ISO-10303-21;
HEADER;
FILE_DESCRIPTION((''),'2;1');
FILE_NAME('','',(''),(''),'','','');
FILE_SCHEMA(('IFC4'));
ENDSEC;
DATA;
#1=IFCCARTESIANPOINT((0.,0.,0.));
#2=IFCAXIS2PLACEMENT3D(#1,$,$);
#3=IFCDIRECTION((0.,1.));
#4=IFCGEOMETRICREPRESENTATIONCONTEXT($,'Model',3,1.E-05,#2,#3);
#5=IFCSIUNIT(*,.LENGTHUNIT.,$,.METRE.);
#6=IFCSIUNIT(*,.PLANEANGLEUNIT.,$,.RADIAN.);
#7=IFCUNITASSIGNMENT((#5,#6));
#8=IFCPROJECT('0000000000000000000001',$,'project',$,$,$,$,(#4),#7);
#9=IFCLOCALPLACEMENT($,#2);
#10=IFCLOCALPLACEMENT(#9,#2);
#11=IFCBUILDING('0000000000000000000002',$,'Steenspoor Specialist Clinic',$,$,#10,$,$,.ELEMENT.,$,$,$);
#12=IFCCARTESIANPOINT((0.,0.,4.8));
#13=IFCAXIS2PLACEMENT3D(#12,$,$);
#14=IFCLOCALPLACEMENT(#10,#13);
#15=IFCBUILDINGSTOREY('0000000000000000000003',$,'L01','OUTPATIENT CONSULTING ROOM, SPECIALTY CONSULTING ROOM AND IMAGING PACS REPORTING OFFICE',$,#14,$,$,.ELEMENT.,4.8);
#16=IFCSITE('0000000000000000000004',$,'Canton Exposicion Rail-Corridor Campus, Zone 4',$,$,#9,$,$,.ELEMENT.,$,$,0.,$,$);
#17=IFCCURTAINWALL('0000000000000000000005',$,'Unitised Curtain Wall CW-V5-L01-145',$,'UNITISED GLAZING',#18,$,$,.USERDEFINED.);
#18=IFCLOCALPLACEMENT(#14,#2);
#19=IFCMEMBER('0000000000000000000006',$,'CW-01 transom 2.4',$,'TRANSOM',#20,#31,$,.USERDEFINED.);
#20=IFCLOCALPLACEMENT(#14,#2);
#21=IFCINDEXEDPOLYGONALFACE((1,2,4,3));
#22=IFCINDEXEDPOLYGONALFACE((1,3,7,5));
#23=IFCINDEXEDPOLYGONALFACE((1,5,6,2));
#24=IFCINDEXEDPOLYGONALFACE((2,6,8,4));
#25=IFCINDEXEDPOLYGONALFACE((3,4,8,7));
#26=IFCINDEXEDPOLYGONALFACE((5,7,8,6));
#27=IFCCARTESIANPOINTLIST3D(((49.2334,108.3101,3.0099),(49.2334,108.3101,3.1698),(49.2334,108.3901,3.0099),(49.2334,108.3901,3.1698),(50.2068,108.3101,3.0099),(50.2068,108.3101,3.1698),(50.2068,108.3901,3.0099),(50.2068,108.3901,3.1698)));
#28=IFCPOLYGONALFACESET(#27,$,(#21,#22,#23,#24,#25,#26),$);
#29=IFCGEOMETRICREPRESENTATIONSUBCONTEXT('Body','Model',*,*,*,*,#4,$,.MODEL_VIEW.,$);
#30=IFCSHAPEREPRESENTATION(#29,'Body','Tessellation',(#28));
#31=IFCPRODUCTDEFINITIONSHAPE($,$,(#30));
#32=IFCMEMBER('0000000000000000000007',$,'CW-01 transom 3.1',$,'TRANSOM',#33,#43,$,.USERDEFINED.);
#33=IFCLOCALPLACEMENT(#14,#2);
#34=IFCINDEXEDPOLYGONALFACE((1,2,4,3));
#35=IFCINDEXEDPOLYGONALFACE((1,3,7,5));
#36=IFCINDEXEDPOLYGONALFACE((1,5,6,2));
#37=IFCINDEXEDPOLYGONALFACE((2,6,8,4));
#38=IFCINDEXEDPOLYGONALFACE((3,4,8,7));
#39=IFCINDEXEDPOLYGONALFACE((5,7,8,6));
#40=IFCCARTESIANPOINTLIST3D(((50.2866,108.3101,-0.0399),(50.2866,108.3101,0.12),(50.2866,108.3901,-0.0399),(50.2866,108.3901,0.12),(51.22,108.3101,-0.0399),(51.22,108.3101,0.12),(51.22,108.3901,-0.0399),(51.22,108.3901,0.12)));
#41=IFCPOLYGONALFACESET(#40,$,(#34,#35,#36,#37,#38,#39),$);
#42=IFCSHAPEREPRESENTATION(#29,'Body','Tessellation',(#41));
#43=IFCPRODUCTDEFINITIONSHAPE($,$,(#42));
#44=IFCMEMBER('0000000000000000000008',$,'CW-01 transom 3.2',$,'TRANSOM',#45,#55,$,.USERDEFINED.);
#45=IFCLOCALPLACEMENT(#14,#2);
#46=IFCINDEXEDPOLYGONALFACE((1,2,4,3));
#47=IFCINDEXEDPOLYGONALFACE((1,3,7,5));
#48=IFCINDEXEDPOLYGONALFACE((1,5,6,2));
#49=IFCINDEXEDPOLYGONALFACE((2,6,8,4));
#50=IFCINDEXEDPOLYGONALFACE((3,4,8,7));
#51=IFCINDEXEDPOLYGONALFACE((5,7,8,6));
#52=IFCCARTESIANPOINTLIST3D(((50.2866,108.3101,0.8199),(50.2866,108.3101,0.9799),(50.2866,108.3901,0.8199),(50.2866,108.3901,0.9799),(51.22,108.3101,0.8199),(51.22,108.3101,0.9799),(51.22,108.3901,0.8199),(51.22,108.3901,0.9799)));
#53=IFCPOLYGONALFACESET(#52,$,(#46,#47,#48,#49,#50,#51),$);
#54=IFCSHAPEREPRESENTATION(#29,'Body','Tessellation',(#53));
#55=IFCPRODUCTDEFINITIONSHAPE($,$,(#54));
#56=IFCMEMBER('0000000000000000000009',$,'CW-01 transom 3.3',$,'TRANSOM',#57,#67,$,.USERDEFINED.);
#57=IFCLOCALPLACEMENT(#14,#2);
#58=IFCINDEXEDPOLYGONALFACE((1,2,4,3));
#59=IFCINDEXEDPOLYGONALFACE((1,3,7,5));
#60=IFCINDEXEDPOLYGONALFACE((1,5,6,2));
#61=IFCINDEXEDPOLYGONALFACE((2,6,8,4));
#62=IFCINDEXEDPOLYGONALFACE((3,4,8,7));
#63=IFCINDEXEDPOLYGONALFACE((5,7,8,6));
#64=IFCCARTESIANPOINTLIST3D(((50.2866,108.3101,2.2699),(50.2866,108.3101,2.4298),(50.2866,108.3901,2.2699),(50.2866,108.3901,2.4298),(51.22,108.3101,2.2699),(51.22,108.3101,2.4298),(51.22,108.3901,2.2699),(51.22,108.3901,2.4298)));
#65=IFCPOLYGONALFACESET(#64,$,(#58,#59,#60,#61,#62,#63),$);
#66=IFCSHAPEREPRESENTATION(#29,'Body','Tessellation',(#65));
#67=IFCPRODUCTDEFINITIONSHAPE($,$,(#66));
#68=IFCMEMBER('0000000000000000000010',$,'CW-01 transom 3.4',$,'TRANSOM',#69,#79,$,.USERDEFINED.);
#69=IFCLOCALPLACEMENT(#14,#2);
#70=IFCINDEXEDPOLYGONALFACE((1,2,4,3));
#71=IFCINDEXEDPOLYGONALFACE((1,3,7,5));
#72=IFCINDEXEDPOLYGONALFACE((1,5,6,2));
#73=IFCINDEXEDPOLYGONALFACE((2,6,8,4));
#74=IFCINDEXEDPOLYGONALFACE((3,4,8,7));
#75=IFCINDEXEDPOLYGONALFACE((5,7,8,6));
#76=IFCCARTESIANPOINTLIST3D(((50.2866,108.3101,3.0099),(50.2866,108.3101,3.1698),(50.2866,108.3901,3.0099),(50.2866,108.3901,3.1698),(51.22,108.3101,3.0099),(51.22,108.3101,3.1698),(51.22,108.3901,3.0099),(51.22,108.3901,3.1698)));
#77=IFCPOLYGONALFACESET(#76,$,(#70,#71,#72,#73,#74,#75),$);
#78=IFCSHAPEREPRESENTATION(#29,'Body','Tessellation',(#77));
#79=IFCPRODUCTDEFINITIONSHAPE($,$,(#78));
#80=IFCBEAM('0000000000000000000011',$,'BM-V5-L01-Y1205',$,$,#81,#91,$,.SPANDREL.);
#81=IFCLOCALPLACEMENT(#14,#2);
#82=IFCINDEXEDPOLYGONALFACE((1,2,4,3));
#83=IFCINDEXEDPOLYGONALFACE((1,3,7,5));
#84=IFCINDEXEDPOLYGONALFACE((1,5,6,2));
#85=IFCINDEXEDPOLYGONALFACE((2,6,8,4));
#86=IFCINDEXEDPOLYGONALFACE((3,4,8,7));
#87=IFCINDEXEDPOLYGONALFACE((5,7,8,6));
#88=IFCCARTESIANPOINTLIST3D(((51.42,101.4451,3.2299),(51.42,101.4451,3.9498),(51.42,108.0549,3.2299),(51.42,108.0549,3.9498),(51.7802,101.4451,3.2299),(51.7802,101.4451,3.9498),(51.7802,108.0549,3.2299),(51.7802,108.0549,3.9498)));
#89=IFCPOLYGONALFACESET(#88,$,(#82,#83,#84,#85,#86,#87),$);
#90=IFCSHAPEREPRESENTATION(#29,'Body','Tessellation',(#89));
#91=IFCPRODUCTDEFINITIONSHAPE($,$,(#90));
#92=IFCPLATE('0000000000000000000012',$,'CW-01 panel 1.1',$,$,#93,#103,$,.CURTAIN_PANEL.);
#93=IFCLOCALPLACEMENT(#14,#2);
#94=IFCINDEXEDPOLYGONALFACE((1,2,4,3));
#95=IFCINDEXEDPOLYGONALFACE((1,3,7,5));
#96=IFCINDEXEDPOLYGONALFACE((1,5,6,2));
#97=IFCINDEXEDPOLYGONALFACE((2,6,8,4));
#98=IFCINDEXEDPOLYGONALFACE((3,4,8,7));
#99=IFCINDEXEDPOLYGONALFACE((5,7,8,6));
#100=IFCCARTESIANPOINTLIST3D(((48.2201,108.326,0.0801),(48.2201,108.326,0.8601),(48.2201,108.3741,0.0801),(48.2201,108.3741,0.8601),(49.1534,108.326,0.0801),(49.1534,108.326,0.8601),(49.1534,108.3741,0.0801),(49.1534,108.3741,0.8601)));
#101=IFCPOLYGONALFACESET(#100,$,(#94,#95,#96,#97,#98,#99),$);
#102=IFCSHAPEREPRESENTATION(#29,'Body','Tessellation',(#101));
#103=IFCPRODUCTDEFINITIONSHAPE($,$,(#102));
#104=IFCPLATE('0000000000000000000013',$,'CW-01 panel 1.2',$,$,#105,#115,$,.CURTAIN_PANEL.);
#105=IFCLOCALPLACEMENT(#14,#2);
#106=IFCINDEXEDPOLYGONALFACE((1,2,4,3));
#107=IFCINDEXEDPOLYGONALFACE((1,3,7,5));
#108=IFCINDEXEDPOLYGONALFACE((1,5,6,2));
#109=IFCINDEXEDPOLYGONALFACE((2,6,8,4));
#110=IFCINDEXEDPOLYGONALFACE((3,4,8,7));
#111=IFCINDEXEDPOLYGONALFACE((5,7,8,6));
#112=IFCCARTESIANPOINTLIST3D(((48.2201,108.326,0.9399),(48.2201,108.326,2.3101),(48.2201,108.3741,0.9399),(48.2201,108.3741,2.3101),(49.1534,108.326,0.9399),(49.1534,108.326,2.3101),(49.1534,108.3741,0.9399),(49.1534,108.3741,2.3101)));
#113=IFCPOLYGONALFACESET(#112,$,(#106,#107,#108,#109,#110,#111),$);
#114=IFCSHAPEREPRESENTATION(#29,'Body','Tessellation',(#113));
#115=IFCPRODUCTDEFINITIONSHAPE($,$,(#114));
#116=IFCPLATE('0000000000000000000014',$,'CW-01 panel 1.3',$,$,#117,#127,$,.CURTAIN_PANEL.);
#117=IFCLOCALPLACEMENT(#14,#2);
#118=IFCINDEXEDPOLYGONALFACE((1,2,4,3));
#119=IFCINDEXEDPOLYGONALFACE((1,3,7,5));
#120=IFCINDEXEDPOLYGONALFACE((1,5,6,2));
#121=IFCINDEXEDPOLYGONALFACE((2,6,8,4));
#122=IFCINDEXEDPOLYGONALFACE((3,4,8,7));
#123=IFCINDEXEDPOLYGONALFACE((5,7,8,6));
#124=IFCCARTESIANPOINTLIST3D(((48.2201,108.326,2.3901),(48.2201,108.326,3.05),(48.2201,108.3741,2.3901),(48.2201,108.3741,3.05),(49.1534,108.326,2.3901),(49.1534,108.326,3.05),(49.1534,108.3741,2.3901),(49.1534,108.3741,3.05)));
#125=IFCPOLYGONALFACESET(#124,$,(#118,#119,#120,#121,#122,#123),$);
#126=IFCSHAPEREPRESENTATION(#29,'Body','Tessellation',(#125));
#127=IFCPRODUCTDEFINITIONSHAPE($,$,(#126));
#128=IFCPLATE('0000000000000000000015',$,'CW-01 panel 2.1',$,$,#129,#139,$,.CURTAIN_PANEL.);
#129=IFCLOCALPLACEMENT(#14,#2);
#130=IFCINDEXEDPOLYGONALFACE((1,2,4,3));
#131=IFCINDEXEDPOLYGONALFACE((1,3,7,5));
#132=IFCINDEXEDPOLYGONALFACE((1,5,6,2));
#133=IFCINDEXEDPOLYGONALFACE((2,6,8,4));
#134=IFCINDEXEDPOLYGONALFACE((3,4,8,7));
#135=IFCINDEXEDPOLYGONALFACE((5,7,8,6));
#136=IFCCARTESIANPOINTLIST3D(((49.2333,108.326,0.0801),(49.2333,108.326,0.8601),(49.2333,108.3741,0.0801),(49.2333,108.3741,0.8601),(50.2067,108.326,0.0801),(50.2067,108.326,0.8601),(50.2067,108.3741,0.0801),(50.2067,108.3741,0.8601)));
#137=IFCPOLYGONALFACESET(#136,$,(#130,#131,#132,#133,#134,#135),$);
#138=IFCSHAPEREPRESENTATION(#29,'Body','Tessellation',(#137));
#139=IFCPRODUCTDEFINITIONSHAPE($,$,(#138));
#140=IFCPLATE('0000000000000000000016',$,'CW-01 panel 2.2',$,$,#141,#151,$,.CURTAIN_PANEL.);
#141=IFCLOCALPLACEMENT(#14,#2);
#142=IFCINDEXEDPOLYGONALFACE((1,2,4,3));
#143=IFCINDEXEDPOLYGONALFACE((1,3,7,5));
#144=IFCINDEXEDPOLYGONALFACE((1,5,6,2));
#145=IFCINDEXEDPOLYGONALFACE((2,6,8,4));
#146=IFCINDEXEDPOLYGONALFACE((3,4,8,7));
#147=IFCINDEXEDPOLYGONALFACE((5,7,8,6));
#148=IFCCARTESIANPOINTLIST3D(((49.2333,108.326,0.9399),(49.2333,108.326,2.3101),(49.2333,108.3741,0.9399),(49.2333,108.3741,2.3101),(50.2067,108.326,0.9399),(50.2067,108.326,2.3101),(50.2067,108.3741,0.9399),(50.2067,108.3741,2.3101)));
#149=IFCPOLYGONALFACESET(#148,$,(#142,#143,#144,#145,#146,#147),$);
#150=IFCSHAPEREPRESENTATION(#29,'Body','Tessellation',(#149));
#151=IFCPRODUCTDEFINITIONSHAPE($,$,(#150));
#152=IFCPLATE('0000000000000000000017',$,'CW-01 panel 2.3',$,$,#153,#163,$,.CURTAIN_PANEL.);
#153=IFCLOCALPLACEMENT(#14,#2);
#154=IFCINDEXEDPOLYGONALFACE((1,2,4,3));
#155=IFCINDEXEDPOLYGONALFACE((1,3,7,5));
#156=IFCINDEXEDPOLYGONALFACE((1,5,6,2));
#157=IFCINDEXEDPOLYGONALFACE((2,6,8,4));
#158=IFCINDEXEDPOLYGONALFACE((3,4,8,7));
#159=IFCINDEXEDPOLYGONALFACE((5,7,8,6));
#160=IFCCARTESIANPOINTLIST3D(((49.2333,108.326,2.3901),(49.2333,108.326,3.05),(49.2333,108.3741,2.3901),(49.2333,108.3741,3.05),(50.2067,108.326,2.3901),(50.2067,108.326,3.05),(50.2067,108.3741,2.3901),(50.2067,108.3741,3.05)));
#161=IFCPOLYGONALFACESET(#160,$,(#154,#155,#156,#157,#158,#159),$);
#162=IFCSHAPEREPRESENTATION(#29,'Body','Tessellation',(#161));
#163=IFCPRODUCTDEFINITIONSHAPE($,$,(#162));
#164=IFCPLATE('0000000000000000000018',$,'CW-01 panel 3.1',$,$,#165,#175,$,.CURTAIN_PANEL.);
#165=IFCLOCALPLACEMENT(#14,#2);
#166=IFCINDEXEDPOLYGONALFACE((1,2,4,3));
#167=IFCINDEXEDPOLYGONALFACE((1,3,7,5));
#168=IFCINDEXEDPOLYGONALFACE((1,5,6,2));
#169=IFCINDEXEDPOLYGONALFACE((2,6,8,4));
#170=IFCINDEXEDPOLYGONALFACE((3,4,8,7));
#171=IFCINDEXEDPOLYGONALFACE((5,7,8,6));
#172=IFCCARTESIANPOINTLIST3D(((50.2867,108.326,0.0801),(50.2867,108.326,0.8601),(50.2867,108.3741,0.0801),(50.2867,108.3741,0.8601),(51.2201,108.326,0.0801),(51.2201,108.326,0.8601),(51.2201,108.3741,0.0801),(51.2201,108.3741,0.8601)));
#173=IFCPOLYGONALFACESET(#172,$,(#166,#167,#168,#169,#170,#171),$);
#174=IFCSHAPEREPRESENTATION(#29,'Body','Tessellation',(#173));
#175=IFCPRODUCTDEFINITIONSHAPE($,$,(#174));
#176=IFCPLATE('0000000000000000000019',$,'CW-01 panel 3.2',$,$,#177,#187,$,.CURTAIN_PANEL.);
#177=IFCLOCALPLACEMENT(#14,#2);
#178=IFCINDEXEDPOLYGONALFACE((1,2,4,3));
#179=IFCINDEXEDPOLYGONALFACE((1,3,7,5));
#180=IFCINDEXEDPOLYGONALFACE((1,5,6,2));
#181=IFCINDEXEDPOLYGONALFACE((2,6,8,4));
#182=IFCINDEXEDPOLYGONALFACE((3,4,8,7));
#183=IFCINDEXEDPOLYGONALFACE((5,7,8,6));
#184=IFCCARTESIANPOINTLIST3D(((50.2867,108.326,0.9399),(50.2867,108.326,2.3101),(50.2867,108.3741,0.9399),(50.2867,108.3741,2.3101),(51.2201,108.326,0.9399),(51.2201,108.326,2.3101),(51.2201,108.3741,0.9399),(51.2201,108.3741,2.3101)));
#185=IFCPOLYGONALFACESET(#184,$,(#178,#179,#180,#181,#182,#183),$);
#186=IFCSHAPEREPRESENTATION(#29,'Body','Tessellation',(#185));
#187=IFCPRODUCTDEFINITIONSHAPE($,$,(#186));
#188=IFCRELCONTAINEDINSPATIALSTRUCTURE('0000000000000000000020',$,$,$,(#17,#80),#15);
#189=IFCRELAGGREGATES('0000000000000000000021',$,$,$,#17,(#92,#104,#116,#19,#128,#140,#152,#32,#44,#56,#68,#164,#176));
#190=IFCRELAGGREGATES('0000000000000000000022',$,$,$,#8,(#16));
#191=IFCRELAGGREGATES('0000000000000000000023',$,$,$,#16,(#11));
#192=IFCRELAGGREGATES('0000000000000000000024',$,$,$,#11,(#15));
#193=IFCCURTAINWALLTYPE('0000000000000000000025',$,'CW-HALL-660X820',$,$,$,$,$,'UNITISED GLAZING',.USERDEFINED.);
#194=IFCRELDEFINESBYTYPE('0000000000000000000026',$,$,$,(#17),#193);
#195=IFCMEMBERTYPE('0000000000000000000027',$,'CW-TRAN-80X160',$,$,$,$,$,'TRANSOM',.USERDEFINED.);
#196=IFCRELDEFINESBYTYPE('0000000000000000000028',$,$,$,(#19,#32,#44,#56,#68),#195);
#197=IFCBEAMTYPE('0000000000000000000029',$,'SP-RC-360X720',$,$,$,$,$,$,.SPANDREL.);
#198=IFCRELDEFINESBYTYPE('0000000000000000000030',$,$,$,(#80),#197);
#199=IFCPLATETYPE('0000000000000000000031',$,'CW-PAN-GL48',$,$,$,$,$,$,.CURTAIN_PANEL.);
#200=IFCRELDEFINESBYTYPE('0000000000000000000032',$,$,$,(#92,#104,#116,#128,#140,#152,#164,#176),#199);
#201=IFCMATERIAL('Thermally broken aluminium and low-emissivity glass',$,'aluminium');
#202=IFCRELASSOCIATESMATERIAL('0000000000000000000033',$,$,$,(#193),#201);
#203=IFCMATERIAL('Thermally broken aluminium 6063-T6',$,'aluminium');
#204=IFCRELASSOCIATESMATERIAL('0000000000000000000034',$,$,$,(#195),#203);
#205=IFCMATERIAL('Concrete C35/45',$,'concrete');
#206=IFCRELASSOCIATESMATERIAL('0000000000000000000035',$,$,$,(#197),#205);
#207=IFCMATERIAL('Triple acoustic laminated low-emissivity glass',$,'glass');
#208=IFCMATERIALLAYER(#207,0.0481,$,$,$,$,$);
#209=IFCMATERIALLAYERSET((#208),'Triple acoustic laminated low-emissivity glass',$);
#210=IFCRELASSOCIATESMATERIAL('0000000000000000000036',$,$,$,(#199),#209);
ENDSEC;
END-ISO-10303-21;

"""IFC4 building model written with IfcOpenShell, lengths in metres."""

from ifc_helpers import new_model, si_unit, direction, frame, origin, origin_2d, place, context, subcontext, project, spatial, rectangle, extrude, material, layer, layer_set, material_profile, profile_set, type_object, element, aggregate, save


model = new_model("IFC4")

# Units and contexts
model_context = context("Model", 3, precision=1e-05, world=origin(), true_north=direction((0.0, 1.0)))
body_context = subcontext(model_context, "Body", "Model", "MODEL_VIEW")
ifc_project = project(units=[si_unit("LENGTHUNIT", "METRE"), si_unit("PLANEANGLEUNIT", "RADIAN")], contexts=[model_context])

# Site, building, storey
site_placement = place(None, origin())
site = spatial("IfcSite", under=ifc_project, at=site_placement, Name="Canton Exposicion Rail-Corridor Campus, Zone 4", CompositionType="ELEMENT", RefElevation=0.0)
building_placement = place(site_placement, origin())
building = spatial("IfcBuilding", under=site, at=building_placement, Name="Steenspoor Specialist Clinic", CompositionType="ELEMENT")
storey_placement = place(building_placement, frame((0.0, 0.0, 4.8)))
storey = spatial("IfcBuildingStorey", under=building, at=storey_placement, Name="L01", Description="OUTPATIENT CONSULTING ROOM, SPECIALTY CONSULTING ROOM AND IMAGING PACS REPORTING OFFICE", CompositionType="ELEMENT", Elevation=4.8)

# Curtain wall, members
ifc_material_1 = material(Name="Thermally broken aluminium and low-emissivity glass", Category="aluminium")
curtain_wall_type = type_object("IfcCurtainWallType", Name="CW-HALL-660X820", ElementType="UNITISED GLAZING", PredefinedType="USERDEFINED", material=ifc_material_1)
curtain_wall_placement = place(storey_placement, origin())
curtain_wall = element("IfcCurtainWall", 1, at=curtain_wall_placement, inside=storey, type_object=curtain_wall_type, Name="Unitised Curtain Wall CW-V5-L01-145", ObjectType="UNITISED GLAZING", PredefinedType="USERDEFINED")
ifc_material_2 = material(Name="Thermally broken aluminium 6063-T6", Category="aluminium")
ifc_material_profile_1 = material_profile(ifc_material_2, rectangle(XDim=0.0801, YDim=0.1599, at=origin_2d()), Name="CWT-80X160")
ifc_profile_set_1 = profile_set([ifc_material_profile_1], Name="Thermally broken aluminium 6063-T6")
member_type_1 = type_object("IfcMemberType", Name="CW-TRAN-80X160", ElementType="TRANSOM", PredefinedType="USERDEFINED", material=ifc_profile_set_1)
member_1_placement = place(storey_placement, frame((49.2334, 108.3501, 3.0898), z_axis=(1.0, 0.0, 0.0), x_axis=(0.0, 1.0, 0.0)))
member_1 = element("IfcMember", 2, at=member_1_placement, type_object=member_type_1, Name="CW-01 transom 2.4", ObjectType="TRANSOM", PredefinedType="USERDEFINED", context=body_context, shape_type="SweptSolid", body=[
    extrude(rectangle(XDim=0.0801, YDim=0.1599, at=origin_2d()), origin(), (0.0, 0.0, 1.0), 0.9734),
])
member_2_placement = place(storey_placement, frame((50.2866, 108.3501, 0.04), z_axis=(1.0, 0.0, 0.0), x_axis=(0.0, 1.0, 0.0)))
member_2 = element("IfcMember", 3, at=member_2_placement, type_object=member_type_1, Name="CW-01 transom 3.1", ObjectType="TRANSOM", PredefinedType="USERDEFINED", context=body_context, shape_type="SweptSolid", body=[
    extrude(rectangle(XDim=0.0801, YDim=0.1599, at=origin_2d()), origin(), (0.0, 0.0, 1.0), 0.9333),
])
member_3_placement = place(storey_placement, frame((50.2866, 108.3501, 0.8999), z_axis=(1.0, 0.0, 0.0), x_axis=(0.0, 1.0, 0.0)))
member_3 = element("IfcMember", 4, at=member_3_placement, type_object=member_type_1, Name="CW-01 transom 3.2", ObjectType="TRANSOM", PredefinedType="USERDEFINED", context=body_context, shape_type="SweptSolid", body=[
    extrude(rectangle(XDim=0.0801, YDim=0.1599, at=origin_2d()), origin(), (0.0, 0.0, 1.0), 0.9333),
])
member_4_placement = place(storey_placement, frame((50.2866, 108.3501, 2.3499), z_axis=(1.0, 0.0, 0.0), x_axis=(0.0, 1.0, 0.0)))
member_4 = element("IfcMember", 5, at=member_4_placement, type_object=member_type_1, Name="CW-01 transom 3.3", ObjectType="TRANSOM", PredefinedType="USERDEFINED", context=body_context, shape_type="SweptSolid", body=[
    extrude(rectangle(XDim=0.0801, YDim=0.1599, at=origin_2d()), origin(), (0.0, 0.0, 1.0), 0.9333),
])
member_5_placement = place(storey_placement, frame((50.2866, 108.3501, 3.0898), z_axis=(1.0, 0.0, 0.0), x_axis=(0.0, 1.0, 0.0)))
member_5 = element("IfcMember", 6, at=member_5_placement, type_object=member_type_1, Name="CW-01 transom 3.4", ObjectType="TRANSOM", PredefinedType="USERDEFINED", context=body_context, shape_type="SweptSolid", body=[
    extrude(rectangle(XDim=0.0801, YDim=0.1599, at=origin_2d()), origin(), (0.0, 0.0, 1.0), 0.9333),
])

# Beam
ifc_material_3 = material(Name="Concrete C35/45", Category="concrete")
ifc_material_profile_2 = material_profile(ifc_material_3, rectangle(XDim=0.3601, YDim=0.72, at=origin_2d()), Name="RC-SP-360X720")
ifc_profile_set_2 = profile_set([ifc_material_profile_2], Name="Concrete C35/45")
beam_type = type_object("IfcBeamType", Name="SP-RC-360X720", PredefinedType="SPANDREL", material=ifc_profile_set_2)
beam_placement = place(storey_placement, frame((51.6001, 101.4451, 3.5898), z_axis=(0.0, 1.0, 0.0), x_axis=(-1.0, 0.0, 0.0)))
element("IfcBeam", 7, at=beam_placement, inside=storey, type_object=beam_type, Name="BM-V5-L01-Y1205", PredefinedType="SPANDREL", context=body_context, shape_type="SweptSolid", body=[
    extrude(rectangle(XDim=0.3601, YDim=0.72, at=origin_2d()), origin(), (0.0, 0.0, 1.0), 6.6099),
])

# Plates
ifc_material_4 = material(Name="Triple acoustic laminated low-emissivity glass", Category="glass")
ifc_layer_1 = layer(ifc_material_4, 0.0481)
ifc_layer_set_1 = layer_set([ifc_layer_1], Name="Triple acoustic laminated low-emissivity glass")
plate_type = type_object("IfcPlateType", Name="CW-PAN-GL48", PredefinedType="CURTAIN_PANEL", material=ifc_layer_set_1)
plate_1_placement = place(storey_placement, frame((48.6868, 108.3501, 0.0801), z_axis=(0.0, 0.0, 1.0), x_axis=(1.0, 0.0, 0.0)))
plate_1 = element("IfcPlate", 8, at=plate_1_placement, type_object=plate_type, Name="CW-01 panel 1.1", PredefinedType="CURTAIN_PANEL", context=body_context, shape_type="SweptSolid", body=[
    extrude(rectangle(XDim=0.9333, YDim=0.0481, at=origin_2d()), origin(), (0.0, 0.0, 1.0), 0.78),
])
plate_2_placement = place(storey_placement, frame((48.6868, 108.3501, 0.9399), z_axis=(0.0, 0.0, 1.0), x_axis=(1.0, 0.0, 0.0)))
plate_2 = element("IfcPlate", 9, at=plate_2_placement, type_object=plate_type, Name="CW-01 panel 1.2", PredefinedType="CURTAIN_PANEL", context=body_context, shape_type="SweptSolid", body=[
    extrude(rectangle(XDim=0.9333, YDim=0.0481, at=origin_2d()), origin(), (0.0, 0.0, 1.0), 1.3701),
])
plate_3_placement = place(storey_placement, frame((48.6868, 108.3501, 2.3901), z_axis=(0.0, 0.0, 1.0), x_axis=(1.0, 0.0, 0.0)))
plate_3 = element("IfcPlate", 10, at=plate_3_placement, type_object=plate_type, Name="CW-01 panel 1.3", PredefinedType="CURTAIN_PANEL", context=body_context, shape_type="SweptSolid", body=[
    extrude(rectangle(XDim=0.9333, YDim=0.0481, at=origin_2d()), origin(), (0.0, 0.0, 1.0), 0.6599),
])
plate_4_placement = place(storey_placement, frame((49.72, 108.3501, 0.0801), z_axis=(0.0, 0.0, 1.0), x_axis=(1.0, 0.0, 0.0)))
plate_4 = element("IfcPlate", 11, at=plate_4_placement, type_object=plate_type, Name="CW-01 panel 2.1", PredefinedType="CURTAIN_PANEL", context=body_context, shape_type="SweptSolid", body=[
    extrude(rectangle(XDim=0.9734, YDim=0.0481, at=origin_2d()), origin(), (0.0, 0.0, 1.0), 0.78),
])
plate_5_placement = place(storey_placement, frame((49.72, 108.3501, 0.9399), z_axis=(0.0, 0.0, 1.0), x_axis=(1.0, 0.0, 0.0)))
plate_5 = element("IfcPlate", 12, at=plate_5_placement, type_object=plate_type, Name="CW-01 panel 2.2", PredefinedType="CURTAIN_PANEL", context=body_context, shape_type="SweptSolid", body=[
    extrude(rectangle(XDim=0.9734, YDim=0.0481, at=origin_2d()), origin(), (0.0, 0.0, 1.0), 1.3701),
])
plate_6_placement = place(storey_placement, frame((49.72, 108.3501, 2.3901), z_axis=(0.0, 0.0, 1.0), x_axis=(1.0, 0.0, 0.0)))
plate_6 = element("IfcPlate", 13, at=plate_6_placement, type_object=plate_type, Name="CW-01 panel 2.3", PredefinedType="CURTAIN_PANEL", context=body_context, shape_type="SweptSolid", body=[
    extrude(rectangle(XDim=0.9734, YDim=0.0481, at=origin_2d()), origin(), (0.0, 0.0, 1.0), 0.6599),
])
plate_7_placement = place(storey_placement, frame((50.7534, 108.3501, 0.0801), z_axis=(0.0, 0.0, 1.0), x_axis=(1.0, 0.0, 0.0)))
plate_7 = element("IfcPlate", 14, at=plate_7_placement, type_object=plate_type, Name="CW-01 panel 3.1", PredefinedType="CURTAIN_PANEL", context=body_context, shape_type="SweptSolid", body=[
    extrude(rectangle(XDim=0.9333, YDim=0.0481, at=origin_2d()), origin(), (0.0, 0.0, 1.0), 0.78),
])
plate_8_placement = place(storey_placement, frame((50.7534, 108.3501, 0.9399), z_axis=(0.0, 0.0, 1.0), x_axis=(1.0, 0.0, 0.0)))
plate_8 = element("IfcPlate", 15, at=plate_8_placement, type_object=plate_type, Name="CW-01 panel 3.2", PredefinedType="CURTAIN_PANEL", context=body_context, shape_type="SweptSolid", body=[
    extrude(rectangle(XDim=0.9333, YDim=0.0481, at=origin_2d()), origin(), (0.0, 0.0, 1.0), 1.3701),
])
aggregate(curtain_wall, [plate_1, plate_2, plate_3, member_1, plate_4, plate_5, plate_6, member_2, member_3, member_4, member_5, plate_7, plate_8])

save(model, "model.ifc")
